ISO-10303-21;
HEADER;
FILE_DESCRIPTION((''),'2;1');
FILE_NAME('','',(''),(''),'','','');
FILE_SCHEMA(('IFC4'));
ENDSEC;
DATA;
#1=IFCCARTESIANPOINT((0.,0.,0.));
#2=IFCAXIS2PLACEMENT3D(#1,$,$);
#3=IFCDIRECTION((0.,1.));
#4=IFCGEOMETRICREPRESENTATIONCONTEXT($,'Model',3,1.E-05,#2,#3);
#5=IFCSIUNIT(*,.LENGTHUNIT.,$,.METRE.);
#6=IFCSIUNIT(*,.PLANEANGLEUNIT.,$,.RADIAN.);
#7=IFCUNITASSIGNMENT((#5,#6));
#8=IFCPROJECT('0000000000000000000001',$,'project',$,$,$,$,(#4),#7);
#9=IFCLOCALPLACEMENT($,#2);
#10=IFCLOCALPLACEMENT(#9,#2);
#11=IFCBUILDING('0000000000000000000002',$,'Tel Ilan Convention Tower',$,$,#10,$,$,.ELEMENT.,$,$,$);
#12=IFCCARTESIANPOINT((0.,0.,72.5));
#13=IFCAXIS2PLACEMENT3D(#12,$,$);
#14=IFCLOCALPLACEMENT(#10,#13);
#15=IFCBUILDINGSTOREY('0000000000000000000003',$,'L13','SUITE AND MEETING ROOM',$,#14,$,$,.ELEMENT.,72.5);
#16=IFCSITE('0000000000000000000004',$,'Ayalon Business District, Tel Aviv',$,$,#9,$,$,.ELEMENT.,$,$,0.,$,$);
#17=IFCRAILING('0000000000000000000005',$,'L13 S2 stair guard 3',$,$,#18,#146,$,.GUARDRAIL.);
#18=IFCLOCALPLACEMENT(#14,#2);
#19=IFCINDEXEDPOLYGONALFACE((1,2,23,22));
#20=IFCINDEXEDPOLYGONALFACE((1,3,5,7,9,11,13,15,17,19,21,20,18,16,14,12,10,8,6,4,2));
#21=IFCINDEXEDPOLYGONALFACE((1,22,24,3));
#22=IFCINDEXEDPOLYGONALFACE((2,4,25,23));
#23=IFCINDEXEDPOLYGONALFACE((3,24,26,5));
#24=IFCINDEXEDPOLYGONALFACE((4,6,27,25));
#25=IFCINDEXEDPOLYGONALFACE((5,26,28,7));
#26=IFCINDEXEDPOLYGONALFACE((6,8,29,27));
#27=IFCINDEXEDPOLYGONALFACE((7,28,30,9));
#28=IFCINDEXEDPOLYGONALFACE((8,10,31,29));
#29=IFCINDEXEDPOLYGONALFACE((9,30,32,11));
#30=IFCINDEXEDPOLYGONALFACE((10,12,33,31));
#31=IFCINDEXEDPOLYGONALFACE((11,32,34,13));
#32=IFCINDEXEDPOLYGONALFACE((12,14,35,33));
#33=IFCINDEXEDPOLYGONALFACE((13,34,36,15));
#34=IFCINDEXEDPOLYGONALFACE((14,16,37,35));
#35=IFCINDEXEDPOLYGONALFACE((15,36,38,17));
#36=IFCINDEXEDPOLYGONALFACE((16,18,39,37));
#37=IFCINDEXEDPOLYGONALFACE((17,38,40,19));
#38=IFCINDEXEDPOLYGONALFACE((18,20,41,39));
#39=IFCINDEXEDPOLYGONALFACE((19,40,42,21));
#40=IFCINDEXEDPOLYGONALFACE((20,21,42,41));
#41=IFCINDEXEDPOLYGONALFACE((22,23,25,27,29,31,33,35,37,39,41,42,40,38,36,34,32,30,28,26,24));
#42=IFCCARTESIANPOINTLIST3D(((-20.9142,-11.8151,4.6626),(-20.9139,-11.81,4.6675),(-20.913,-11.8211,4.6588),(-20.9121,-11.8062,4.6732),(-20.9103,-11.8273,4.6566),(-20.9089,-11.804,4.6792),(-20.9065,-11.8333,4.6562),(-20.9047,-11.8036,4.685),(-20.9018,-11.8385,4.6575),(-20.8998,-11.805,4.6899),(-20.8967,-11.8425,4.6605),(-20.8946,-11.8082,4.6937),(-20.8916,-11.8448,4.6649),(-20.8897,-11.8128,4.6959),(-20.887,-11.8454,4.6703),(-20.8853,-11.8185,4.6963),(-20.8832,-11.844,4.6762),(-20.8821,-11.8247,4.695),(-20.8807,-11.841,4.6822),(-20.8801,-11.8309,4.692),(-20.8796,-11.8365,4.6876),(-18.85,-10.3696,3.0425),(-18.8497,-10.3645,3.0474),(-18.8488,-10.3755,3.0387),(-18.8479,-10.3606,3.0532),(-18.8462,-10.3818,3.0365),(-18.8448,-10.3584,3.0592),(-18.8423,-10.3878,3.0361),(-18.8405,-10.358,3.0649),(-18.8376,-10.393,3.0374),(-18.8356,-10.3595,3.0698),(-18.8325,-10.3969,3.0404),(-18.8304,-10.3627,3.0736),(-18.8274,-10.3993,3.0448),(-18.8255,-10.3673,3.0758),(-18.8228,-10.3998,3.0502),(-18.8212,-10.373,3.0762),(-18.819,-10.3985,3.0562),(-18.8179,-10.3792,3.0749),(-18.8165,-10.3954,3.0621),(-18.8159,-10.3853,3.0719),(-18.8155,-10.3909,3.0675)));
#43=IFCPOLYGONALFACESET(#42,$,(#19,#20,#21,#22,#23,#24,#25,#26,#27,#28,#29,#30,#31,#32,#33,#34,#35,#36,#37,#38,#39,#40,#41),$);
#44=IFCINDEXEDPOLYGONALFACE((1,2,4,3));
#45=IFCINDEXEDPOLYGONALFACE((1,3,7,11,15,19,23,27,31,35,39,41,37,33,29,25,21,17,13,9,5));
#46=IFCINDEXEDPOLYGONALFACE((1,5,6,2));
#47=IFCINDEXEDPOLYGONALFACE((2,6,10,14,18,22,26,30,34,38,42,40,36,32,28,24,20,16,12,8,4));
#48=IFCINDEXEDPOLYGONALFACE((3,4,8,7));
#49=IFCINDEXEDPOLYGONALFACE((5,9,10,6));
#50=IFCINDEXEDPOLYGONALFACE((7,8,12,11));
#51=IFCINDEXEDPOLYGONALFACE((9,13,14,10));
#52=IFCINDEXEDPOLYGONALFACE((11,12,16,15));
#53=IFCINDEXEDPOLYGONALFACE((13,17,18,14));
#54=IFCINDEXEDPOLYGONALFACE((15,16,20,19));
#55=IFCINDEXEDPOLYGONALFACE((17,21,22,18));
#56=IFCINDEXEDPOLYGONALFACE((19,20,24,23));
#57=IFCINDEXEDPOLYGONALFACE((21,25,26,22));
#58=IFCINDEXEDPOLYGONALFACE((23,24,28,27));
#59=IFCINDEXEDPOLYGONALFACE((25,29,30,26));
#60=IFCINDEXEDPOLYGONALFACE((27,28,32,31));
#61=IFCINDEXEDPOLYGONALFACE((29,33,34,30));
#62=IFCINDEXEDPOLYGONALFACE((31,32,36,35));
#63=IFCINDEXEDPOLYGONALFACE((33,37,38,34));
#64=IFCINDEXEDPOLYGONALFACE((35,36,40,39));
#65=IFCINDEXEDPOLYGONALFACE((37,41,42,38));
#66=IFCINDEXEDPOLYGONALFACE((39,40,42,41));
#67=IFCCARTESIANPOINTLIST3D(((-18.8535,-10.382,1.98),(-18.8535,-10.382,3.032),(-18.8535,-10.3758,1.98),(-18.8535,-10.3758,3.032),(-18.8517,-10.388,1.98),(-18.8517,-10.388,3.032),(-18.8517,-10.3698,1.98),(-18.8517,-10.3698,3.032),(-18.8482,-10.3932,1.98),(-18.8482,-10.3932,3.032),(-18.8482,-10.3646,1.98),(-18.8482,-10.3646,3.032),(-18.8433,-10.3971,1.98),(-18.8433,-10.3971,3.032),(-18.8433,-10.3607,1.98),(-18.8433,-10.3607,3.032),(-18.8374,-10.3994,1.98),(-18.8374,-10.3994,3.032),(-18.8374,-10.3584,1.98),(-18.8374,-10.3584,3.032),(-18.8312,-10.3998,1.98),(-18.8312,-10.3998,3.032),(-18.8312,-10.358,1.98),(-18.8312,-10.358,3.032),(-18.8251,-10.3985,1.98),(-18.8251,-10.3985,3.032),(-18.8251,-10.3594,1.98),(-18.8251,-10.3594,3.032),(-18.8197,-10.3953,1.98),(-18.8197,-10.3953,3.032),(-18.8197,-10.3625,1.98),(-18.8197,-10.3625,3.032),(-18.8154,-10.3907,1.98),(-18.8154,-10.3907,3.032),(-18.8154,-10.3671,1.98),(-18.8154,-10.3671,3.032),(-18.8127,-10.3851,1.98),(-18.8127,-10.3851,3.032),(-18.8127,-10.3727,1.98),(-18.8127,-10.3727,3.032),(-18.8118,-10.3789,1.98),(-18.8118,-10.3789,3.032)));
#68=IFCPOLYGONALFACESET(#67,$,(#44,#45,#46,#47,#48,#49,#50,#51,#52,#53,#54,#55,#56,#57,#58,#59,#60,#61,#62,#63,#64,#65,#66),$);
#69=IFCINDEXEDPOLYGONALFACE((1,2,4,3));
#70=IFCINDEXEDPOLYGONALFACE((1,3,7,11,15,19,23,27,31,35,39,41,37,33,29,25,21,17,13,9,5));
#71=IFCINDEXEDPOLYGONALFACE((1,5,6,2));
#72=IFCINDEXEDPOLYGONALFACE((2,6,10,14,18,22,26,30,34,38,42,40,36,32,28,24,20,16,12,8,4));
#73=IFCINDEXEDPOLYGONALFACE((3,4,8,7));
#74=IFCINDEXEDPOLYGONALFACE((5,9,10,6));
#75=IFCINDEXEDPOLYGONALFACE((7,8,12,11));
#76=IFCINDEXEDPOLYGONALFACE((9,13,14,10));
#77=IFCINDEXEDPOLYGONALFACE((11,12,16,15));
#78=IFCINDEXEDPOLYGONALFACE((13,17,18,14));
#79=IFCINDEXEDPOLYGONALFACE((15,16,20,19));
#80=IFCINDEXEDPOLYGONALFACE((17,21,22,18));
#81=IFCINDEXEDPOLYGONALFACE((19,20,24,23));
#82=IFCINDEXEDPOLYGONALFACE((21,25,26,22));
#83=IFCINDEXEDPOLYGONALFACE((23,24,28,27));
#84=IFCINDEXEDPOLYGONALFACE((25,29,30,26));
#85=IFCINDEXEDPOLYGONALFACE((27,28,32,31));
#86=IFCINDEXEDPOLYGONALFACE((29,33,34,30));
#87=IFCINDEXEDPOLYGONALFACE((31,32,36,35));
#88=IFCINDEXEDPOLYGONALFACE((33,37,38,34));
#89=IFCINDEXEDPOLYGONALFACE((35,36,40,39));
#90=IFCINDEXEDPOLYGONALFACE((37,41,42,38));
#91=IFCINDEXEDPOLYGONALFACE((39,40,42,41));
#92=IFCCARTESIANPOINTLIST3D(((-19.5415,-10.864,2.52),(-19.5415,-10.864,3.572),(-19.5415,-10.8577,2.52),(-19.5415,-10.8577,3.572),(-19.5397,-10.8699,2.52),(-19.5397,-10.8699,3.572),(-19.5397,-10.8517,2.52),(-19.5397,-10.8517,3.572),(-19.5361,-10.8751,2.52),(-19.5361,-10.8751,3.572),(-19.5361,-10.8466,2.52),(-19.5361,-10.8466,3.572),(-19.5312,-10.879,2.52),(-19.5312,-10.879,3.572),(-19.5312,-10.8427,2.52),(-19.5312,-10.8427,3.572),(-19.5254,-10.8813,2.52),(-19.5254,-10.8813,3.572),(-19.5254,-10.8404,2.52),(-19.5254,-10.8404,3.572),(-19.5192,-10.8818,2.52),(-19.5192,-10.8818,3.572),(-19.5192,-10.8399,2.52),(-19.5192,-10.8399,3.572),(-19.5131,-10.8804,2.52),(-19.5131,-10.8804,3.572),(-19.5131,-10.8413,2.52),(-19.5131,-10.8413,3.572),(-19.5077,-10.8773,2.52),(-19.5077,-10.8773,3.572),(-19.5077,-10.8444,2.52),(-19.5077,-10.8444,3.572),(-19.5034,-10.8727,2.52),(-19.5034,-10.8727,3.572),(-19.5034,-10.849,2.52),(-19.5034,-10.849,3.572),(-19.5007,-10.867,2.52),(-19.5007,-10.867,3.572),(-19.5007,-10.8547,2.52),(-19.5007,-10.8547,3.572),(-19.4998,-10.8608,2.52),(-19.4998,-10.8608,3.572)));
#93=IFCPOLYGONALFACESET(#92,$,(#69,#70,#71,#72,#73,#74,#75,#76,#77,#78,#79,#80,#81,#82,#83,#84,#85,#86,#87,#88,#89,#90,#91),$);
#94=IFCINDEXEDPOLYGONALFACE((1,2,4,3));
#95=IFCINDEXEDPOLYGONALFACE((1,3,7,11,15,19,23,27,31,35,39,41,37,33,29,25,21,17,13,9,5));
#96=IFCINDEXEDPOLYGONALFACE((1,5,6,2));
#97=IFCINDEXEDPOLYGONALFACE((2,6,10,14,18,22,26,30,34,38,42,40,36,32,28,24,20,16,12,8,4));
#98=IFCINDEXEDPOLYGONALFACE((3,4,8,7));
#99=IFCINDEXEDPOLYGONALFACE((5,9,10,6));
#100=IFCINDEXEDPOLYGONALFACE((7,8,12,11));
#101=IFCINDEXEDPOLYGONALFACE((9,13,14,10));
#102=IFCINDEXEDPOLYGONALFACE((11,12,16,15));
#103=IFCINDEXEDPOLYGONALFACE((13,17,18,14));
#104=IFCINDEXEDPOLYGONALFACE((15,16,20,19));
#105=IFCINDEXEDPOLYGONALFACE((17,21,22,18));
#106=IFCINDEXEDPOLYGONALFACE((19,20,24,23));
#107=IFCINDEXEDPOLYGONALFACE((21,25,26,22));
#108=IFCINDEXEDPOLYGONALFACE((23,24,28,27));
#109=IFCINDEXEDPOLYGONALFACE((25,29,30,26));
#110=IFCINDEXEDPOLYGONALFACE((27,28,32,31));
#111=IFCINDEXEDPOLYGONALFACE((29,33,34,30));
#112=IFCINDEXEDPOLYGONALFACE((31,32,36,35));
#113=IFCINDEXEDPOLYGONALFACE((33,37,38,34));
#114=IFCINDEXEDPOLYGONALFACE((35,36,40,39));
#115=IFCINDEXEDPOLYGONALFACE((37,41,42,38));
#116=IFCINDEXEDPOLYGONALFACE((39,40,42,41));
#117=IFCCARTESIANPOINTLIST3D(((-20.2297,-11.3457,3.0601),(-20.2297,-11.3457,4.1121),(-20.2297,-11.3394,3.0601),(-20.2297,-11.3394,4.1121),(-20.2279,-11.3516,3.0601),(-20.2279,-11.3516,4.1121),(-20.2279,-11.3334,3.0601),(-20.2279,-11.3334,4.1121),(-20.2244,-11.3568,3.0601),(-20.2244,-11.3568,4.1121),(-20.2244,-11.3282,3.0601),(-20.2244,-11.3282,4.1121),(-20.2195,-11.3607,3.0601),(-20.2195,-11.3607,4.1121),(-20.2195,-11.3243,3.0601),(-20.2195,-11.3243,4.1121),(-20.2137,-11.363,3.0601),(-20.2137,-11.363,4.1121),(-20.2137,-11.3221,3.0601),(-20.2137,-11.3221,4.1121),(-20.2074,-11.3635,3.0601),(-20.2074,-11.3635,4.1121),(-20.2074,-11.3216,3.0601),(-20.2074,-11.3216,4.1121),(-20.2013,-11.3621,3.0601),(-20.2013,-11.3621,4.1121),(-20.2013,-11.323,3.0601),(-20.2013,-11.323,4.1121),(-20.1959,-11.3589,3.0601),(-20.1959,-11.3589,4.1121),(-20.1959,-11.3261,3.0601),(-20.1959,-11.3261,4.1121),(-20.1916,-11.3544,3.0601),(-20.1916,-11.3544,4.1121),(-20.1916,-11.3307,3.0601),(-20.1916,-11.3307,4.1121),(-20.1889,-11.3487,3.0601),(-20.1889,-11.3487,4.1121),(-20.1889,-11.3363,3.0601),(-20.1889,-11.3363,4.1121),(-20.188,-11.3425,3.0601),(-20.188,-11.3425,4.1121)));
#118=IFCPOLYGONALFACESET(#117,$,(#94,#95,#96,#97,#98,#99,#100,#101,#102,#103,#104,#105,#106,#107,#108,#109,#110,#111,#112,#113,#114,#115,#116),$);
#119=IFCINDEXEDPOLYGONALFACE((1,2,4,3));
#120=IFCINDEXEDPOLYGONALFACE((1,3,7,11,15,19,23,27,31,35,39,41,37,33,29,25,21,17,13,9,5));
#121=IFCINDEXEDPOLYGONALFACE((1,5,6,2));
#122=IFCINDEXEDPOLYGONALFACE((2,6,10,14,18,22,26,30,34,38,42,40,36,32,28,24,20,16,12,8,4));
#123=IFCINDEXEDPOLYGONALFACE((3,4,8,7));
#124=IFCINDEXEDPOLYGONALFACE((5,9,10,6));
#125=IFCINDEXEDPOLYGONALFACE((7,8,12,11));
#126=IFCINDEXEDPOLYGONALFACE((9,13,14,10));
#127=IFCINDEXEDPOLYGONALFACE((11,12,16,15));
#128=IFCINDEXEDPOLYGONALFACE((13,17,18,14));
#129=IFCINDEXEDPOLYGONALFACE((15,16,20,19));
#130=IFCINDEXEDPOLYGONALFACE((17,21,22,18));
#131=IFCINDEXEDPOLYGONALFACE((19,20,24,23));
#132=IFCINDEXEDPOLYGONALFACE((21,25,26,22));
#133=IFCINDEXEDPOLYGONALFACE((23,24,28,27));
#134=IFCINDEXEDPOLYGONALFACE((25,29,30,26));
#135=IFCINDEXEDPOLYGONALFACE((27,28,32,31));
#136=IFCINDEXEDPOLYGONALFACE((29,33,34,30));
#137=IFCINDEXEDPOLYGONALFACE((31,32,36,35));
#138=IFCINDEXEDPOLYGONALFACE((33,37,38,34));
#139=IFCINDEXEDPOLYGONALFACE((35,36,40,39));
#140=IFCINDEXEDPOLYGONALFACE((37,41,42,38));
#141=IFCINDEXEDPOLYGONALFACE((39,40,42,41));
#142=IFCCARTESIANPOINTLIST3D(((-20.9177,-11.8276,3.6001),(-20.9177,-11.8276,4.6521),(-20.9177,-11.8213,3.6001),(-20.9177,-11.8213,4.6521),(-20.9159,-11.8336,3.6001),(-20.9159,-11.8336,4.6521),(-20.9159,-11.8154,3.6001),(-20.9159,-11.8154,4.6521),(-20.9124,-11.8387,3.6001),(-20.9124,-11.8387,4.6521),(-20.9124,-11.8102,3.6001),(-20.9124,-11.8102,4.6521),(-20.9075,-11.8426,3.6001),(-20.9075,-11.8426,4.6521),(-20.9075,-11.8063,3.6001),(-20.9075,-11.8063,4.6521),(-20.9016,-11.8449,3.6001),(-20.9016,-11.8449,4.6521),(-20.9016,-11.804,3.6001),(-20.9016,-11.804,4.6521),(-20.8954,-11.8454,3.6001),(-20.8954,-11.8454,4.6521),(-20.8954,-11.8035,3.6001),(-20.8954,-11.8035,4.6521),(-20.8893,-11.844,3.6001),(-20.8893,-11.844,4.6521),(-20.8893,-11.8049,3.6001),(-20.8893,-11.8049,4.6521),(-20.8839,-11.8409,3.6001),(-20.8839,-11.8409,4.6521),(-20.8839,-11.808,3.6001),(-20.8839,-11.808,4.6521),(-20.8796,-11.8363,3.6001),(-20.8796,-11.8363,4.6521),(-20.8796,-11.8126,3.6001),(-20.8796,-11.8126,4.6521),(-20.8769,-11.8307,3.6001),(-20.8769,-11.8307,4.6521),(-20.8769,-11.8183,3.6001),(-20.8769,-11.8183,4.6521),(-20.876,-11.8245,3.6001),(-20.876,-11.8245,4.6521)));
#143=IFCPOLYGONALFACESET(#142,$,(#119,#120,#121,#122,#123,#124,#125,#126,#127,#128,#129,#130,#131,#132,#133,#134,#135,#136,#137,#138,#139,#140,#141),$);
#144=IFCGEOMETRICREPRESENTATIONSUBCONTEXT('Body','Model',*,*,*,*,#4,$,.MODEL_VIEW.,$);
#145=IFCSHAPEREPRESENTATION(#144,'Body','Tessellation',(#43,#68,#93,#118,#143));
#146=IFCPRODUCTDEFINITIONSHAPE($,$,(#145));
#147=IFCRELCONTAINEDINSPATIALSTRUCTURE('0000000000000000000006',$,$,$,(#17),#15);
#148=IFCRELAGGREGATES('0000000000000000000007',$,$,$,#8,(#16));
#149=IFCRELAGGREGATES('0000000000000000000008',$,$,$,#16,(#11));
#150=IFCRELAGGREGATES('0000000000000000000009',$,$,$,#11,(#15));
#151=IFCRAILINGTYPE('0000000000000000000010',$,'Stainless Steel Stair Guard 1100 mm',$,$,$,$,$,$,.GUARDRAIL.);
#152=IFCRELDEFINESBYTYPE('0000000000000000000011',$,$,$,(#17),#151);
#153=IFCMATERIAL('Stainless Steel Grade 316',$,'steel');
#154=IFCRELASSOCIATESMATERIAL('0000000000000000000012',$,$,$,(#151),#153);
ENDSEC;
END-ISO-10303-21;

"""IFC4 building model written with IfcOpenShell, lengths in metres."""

from ifc_helpers import new_model, si_unit, direction, frame, origin, origin_2d, place, context, subcontext, project, spatial, circle, extrude, material, type_object, element, save


model = new_model("IFC4")

# Units and contexts
model_context = context("Model", 3, precision=1e-05, world=origin(), true_north=direction((0.0, 1.0)))
body_context = subcontext(model_context, "Body", "Model", "MODEL_VIEW")
ifc_project = project(units=[si_unit("LENGTHUNIT", "METRE"), si_unit("PLANEANGLEUNIT", "RADIAN")], contexts=[model_context])

# Site, building, storey
site_placement = place(None, origin())
site = spatial("IfcSite", under=ifc_project, at=site_placement, Name="Ayalon Business District, Tel Aviv", CompositionType="ELEMENT", RefElevation=0.0)
building_placement = place(site_placement, origin())
building = spatial("IfcBuilding", under=site, at=building_placement, Name="Tel Ilan Convention Tower", CompositionType="ELEMENT")
storey_placement = place(building_placement, frame((0.0, 0.0, 72.5)))
storey = spatial("IfcBuildingStorey", under=building, at=storey_placement, Name="L13", Description="SUITE AND MEETING ROOM", CompositionType="ELEMENT", Elevation=72.5)

# Railing
ifc_material_1 = material(Name="Stainless Steel Grade 316", Category="steel")
railing_type_1 = type_object("IfcRailingType", Name="Stainless Steel Stair Guard 1100 mm", PredefinedType="GUARDRAIL", material=ifc_material_1)
railing_1_placement = place(storey_placement, frame((-18.8328, -10.3789, 1.98)))
element("IfcRailing", 1, at=railing_1_placement, inside=storey, type_object=railing_type_1, Name="L13 S2 stair guard 3", PredefinedType="GUARDRAIL", context=body_context, shape_type="SweptSolid", body=[
    extrude(circle(Radius=0.0239, at=origin_2d()), frame((0.0, 0.0, 1.0762), z_axis=(-0.689013, -0.482513, 0.540779), x_axis=(0.573625, -0.819118, 0.0)), (0.0, 0.0, 1.0), 2.9958),
    extrude(circle(Radius=0.021, at=origin_2d()), origin(), (0.0, 0.0, 1.0), 1.052),
    extrude(circle(Radius=0.021, at=origin_2d()), frame((-0.688, -0.4819, 0.54)), (0.0, 0.0, 1.0), 1.052),
    extrude(circle(Radius=0.021, at=origin_2d()), frame((-1.3762, -0.9636, 1.0801)), (0.0, 0.0, 1.0), 1.052),
    extrude(circle(Radius=0.021, at=origin_2d()), frame((-2.0642, -1.4456, 1.6201)), (0.0, 0.0, 1.0), 1.052),
])

save(model, "model.ifc")
